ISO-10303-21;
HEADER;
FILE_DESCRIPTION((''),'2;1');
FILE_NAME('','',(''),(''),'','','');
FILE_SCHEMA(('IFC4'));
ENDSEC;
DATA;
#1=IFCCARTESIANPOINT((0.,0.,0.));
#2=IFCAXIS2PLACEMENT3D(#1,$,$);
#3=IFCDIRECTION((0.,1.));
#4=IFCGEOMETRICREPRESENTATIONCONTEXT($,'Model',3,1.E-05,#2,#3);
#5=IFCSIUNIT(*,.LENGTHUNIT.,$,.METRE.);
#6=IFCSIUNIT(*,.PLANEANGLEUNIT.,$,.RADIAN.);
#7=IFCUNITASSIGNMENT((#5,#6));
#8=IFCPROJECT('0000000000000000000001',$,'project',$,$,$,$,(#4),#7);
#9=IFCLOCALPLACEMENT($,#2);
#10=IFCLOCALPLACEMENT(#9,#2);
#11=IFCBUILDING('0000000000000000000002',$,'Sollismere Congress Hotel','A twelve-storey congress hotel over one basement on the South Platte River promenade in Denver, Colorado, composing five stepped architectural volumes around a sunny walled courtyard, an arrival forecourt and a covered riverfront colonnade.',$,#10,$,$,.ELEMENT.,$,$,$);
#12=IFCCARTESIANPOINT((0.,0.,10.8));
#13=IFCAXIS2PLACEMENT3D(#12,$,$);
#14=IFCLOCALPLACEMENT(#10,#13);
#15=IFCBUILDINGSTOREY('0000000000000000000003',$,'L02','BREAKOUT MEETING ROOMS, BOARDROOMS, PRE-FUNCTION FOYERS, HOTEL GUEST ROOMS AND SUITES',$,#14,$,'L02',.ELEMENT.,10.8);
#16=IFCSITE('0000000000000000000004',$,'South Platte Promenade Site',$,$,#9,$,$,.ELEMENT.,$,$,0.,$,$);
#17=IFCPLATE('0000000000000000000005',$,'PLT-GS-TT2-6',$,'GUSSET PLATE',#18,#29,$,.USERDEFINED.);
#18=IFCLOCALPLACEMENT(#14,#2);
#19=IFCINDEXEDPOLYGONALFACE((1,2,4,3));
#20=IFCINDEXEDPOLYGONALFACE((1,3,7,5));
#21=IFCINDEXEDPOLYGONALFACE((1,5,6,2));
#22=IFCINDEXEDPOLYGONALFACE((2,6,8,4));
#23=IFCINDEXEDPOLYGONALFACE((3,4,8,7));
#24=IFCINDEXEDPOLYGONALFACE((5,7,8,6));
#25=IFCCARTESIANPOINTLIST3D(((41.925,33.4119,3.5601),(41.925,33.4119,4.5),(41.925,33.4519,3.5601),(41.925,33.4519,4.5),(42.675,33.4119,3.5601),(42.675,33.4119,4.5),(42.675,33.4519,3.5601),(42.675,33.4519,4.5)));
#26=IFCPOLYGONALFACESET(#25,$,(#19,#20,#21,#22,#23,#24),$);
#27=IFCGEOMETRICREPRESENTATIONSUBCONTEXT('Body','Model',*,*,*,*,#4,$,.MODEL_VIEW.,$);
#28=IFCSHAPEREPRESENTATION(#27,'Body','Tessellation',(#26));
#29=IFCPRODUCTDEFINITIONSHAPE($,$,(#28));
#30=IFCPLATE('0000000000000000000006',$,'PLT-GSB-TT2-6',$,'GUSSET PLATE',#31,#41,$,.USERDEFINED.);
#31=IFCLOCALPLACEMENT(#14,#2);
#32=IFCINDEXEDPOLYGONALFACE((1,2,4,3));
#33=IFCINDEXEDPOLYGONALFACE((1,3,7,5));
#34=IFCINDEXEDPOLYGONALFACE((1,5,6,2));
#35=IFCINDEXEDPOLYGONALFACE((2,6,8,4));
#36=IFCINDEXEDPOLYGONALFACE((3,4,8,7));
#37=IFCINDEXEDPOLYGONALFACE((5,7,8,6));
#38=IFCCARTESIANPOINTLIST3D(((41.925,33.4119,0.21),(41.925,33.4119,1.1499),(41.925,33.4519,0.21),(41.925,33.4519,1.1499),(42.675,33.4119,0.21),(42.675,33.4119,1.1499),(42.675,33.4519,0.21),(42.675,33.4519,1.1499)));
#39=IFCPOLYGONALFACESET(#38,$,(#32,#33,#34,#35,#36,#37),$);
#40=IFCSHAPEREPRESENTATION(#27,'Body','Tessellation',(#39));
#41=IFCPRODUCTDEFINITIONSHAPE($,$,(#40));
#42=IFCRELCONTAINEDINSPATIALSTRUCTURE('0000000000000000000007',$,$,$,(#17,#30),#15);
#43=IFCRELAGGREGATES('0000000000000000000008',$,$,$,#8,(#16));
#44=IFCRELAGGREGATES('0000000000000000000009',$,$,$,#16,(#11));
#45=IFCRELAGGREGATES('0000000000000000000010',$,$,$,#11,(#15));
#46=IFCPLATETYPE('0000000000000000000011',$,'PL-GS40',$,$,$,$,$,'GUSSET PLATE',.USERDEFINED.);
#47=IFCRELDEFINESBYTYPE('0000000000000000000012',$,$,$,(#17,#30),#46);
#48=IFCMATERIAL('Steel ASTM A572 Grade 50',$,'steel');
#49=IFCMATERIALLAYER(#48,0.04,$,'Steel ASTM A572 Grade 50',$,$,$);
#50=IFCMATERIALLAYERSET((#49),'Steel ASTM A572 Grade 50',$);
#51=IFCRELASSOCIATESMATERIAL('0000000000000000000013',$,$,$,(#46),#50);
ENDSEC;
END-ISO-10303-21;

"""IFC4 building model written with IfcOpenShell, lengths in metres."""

from ifc_helpers import new_model, si_unit, direction, frame, origin, origin_2d, place, context, subcontext, project, spatial, rectangle, extrude, material, layer, layer_set, type_object, element, save


model = new_model("IFC4")

# Units and contexts
model_context = context("Model", 3, precision=1e-05, world=origin(), true_north=direction((0.0, 1.0)))
body_context = subcontext(model_context, "Body", "Model", "MODEL_VIEW")
ifc_project = project(units=[si_unit("LENGTHUNIT", "METRE"), si_unit("PLANEANGLEUNIT", "RADIAN")], contexts=[model_context])

# Site, building, storey
site_placement = place(None, origin())
site = spatial("IfcSite", under=ifc_project, at=site_placement, Name="South Platte Promenade Site", CompositionType="ELEMENT", RefElevation=0.0)
building_placement = place(site_placement, origin())
building = spatial("IfcBuilding", under=site, at=building_placement, Name="Sollismere Congress Hotel", Description="A twelve-storey congress hotel over one basement on the South Platte River promenade in Denver, Colorado, composing five stepped architectural volumes around a sunny walled courtyard, an arrival forecourt and a covered riverfront colonnade.", CompositionType="ELEMENT")
storey_placement = place(building_placement, frame((0.0, 0.0, 10.8)))
storey = spatial("IfcBuildingStorey", under=building, at=storey_placement, Name="L02", Description="BREAKOUT MEETING ROOMS, BOARDROOMS, PRE-FUNCTION FOYERS, HOTEL GUEST ROOMS AND SUITES", LongName="L02", CompositionType="ELEMENT", Elevation=10.8)

# Plates
ifc_material_1 = material(Name="Steel ASTM A572 Grade 50", Category="steel")
ifc_layer = layer(ifc_material_1, 0.04, Name="Steel ASTM A572 Grade 50")
ifc_layer_set = layer_set([ifc_layer], Name="Steel ASTM A572 Grade 50")
plate_type = type_object("IfcPlateType", Name="PL-GS40", ElementType="GUSSET PLATE", PredefinedType="USERDEFINED", material=ifc_layer_set)
for number, where, z_axis, x_axis, name in (
    (1, (42.3, 33.4319, 3.5601), (0.0, 0.0, 1.0), (1.0, 0.0, 0.0), "PLT-GS-TT2-6"),
    (2, (42.3, 33.4319, 0.21), (0.0, 0.0, 1.0), (1.0, 0.0, 0.0), "PLT-GSB-TT2-6"),
):
    element("IfcPlate", number, at=place(storey_placement, frame(where, z_axis=z_axis, x_axis=x_axis)), inside=storey, type_object=plate_type, Name=name, ObjectType="GUSSET PLATE", PredefinedType="USERDEFINED", context=body_context, shape_type="SweptSolid", body=[
        extrude(rectangle(XDim=0.75, YDim=0.04, at=origin_2d()), origin(), (0.0, 0.0, 1.0), 0.9399),
    ])

save(model, "model.ifc")
